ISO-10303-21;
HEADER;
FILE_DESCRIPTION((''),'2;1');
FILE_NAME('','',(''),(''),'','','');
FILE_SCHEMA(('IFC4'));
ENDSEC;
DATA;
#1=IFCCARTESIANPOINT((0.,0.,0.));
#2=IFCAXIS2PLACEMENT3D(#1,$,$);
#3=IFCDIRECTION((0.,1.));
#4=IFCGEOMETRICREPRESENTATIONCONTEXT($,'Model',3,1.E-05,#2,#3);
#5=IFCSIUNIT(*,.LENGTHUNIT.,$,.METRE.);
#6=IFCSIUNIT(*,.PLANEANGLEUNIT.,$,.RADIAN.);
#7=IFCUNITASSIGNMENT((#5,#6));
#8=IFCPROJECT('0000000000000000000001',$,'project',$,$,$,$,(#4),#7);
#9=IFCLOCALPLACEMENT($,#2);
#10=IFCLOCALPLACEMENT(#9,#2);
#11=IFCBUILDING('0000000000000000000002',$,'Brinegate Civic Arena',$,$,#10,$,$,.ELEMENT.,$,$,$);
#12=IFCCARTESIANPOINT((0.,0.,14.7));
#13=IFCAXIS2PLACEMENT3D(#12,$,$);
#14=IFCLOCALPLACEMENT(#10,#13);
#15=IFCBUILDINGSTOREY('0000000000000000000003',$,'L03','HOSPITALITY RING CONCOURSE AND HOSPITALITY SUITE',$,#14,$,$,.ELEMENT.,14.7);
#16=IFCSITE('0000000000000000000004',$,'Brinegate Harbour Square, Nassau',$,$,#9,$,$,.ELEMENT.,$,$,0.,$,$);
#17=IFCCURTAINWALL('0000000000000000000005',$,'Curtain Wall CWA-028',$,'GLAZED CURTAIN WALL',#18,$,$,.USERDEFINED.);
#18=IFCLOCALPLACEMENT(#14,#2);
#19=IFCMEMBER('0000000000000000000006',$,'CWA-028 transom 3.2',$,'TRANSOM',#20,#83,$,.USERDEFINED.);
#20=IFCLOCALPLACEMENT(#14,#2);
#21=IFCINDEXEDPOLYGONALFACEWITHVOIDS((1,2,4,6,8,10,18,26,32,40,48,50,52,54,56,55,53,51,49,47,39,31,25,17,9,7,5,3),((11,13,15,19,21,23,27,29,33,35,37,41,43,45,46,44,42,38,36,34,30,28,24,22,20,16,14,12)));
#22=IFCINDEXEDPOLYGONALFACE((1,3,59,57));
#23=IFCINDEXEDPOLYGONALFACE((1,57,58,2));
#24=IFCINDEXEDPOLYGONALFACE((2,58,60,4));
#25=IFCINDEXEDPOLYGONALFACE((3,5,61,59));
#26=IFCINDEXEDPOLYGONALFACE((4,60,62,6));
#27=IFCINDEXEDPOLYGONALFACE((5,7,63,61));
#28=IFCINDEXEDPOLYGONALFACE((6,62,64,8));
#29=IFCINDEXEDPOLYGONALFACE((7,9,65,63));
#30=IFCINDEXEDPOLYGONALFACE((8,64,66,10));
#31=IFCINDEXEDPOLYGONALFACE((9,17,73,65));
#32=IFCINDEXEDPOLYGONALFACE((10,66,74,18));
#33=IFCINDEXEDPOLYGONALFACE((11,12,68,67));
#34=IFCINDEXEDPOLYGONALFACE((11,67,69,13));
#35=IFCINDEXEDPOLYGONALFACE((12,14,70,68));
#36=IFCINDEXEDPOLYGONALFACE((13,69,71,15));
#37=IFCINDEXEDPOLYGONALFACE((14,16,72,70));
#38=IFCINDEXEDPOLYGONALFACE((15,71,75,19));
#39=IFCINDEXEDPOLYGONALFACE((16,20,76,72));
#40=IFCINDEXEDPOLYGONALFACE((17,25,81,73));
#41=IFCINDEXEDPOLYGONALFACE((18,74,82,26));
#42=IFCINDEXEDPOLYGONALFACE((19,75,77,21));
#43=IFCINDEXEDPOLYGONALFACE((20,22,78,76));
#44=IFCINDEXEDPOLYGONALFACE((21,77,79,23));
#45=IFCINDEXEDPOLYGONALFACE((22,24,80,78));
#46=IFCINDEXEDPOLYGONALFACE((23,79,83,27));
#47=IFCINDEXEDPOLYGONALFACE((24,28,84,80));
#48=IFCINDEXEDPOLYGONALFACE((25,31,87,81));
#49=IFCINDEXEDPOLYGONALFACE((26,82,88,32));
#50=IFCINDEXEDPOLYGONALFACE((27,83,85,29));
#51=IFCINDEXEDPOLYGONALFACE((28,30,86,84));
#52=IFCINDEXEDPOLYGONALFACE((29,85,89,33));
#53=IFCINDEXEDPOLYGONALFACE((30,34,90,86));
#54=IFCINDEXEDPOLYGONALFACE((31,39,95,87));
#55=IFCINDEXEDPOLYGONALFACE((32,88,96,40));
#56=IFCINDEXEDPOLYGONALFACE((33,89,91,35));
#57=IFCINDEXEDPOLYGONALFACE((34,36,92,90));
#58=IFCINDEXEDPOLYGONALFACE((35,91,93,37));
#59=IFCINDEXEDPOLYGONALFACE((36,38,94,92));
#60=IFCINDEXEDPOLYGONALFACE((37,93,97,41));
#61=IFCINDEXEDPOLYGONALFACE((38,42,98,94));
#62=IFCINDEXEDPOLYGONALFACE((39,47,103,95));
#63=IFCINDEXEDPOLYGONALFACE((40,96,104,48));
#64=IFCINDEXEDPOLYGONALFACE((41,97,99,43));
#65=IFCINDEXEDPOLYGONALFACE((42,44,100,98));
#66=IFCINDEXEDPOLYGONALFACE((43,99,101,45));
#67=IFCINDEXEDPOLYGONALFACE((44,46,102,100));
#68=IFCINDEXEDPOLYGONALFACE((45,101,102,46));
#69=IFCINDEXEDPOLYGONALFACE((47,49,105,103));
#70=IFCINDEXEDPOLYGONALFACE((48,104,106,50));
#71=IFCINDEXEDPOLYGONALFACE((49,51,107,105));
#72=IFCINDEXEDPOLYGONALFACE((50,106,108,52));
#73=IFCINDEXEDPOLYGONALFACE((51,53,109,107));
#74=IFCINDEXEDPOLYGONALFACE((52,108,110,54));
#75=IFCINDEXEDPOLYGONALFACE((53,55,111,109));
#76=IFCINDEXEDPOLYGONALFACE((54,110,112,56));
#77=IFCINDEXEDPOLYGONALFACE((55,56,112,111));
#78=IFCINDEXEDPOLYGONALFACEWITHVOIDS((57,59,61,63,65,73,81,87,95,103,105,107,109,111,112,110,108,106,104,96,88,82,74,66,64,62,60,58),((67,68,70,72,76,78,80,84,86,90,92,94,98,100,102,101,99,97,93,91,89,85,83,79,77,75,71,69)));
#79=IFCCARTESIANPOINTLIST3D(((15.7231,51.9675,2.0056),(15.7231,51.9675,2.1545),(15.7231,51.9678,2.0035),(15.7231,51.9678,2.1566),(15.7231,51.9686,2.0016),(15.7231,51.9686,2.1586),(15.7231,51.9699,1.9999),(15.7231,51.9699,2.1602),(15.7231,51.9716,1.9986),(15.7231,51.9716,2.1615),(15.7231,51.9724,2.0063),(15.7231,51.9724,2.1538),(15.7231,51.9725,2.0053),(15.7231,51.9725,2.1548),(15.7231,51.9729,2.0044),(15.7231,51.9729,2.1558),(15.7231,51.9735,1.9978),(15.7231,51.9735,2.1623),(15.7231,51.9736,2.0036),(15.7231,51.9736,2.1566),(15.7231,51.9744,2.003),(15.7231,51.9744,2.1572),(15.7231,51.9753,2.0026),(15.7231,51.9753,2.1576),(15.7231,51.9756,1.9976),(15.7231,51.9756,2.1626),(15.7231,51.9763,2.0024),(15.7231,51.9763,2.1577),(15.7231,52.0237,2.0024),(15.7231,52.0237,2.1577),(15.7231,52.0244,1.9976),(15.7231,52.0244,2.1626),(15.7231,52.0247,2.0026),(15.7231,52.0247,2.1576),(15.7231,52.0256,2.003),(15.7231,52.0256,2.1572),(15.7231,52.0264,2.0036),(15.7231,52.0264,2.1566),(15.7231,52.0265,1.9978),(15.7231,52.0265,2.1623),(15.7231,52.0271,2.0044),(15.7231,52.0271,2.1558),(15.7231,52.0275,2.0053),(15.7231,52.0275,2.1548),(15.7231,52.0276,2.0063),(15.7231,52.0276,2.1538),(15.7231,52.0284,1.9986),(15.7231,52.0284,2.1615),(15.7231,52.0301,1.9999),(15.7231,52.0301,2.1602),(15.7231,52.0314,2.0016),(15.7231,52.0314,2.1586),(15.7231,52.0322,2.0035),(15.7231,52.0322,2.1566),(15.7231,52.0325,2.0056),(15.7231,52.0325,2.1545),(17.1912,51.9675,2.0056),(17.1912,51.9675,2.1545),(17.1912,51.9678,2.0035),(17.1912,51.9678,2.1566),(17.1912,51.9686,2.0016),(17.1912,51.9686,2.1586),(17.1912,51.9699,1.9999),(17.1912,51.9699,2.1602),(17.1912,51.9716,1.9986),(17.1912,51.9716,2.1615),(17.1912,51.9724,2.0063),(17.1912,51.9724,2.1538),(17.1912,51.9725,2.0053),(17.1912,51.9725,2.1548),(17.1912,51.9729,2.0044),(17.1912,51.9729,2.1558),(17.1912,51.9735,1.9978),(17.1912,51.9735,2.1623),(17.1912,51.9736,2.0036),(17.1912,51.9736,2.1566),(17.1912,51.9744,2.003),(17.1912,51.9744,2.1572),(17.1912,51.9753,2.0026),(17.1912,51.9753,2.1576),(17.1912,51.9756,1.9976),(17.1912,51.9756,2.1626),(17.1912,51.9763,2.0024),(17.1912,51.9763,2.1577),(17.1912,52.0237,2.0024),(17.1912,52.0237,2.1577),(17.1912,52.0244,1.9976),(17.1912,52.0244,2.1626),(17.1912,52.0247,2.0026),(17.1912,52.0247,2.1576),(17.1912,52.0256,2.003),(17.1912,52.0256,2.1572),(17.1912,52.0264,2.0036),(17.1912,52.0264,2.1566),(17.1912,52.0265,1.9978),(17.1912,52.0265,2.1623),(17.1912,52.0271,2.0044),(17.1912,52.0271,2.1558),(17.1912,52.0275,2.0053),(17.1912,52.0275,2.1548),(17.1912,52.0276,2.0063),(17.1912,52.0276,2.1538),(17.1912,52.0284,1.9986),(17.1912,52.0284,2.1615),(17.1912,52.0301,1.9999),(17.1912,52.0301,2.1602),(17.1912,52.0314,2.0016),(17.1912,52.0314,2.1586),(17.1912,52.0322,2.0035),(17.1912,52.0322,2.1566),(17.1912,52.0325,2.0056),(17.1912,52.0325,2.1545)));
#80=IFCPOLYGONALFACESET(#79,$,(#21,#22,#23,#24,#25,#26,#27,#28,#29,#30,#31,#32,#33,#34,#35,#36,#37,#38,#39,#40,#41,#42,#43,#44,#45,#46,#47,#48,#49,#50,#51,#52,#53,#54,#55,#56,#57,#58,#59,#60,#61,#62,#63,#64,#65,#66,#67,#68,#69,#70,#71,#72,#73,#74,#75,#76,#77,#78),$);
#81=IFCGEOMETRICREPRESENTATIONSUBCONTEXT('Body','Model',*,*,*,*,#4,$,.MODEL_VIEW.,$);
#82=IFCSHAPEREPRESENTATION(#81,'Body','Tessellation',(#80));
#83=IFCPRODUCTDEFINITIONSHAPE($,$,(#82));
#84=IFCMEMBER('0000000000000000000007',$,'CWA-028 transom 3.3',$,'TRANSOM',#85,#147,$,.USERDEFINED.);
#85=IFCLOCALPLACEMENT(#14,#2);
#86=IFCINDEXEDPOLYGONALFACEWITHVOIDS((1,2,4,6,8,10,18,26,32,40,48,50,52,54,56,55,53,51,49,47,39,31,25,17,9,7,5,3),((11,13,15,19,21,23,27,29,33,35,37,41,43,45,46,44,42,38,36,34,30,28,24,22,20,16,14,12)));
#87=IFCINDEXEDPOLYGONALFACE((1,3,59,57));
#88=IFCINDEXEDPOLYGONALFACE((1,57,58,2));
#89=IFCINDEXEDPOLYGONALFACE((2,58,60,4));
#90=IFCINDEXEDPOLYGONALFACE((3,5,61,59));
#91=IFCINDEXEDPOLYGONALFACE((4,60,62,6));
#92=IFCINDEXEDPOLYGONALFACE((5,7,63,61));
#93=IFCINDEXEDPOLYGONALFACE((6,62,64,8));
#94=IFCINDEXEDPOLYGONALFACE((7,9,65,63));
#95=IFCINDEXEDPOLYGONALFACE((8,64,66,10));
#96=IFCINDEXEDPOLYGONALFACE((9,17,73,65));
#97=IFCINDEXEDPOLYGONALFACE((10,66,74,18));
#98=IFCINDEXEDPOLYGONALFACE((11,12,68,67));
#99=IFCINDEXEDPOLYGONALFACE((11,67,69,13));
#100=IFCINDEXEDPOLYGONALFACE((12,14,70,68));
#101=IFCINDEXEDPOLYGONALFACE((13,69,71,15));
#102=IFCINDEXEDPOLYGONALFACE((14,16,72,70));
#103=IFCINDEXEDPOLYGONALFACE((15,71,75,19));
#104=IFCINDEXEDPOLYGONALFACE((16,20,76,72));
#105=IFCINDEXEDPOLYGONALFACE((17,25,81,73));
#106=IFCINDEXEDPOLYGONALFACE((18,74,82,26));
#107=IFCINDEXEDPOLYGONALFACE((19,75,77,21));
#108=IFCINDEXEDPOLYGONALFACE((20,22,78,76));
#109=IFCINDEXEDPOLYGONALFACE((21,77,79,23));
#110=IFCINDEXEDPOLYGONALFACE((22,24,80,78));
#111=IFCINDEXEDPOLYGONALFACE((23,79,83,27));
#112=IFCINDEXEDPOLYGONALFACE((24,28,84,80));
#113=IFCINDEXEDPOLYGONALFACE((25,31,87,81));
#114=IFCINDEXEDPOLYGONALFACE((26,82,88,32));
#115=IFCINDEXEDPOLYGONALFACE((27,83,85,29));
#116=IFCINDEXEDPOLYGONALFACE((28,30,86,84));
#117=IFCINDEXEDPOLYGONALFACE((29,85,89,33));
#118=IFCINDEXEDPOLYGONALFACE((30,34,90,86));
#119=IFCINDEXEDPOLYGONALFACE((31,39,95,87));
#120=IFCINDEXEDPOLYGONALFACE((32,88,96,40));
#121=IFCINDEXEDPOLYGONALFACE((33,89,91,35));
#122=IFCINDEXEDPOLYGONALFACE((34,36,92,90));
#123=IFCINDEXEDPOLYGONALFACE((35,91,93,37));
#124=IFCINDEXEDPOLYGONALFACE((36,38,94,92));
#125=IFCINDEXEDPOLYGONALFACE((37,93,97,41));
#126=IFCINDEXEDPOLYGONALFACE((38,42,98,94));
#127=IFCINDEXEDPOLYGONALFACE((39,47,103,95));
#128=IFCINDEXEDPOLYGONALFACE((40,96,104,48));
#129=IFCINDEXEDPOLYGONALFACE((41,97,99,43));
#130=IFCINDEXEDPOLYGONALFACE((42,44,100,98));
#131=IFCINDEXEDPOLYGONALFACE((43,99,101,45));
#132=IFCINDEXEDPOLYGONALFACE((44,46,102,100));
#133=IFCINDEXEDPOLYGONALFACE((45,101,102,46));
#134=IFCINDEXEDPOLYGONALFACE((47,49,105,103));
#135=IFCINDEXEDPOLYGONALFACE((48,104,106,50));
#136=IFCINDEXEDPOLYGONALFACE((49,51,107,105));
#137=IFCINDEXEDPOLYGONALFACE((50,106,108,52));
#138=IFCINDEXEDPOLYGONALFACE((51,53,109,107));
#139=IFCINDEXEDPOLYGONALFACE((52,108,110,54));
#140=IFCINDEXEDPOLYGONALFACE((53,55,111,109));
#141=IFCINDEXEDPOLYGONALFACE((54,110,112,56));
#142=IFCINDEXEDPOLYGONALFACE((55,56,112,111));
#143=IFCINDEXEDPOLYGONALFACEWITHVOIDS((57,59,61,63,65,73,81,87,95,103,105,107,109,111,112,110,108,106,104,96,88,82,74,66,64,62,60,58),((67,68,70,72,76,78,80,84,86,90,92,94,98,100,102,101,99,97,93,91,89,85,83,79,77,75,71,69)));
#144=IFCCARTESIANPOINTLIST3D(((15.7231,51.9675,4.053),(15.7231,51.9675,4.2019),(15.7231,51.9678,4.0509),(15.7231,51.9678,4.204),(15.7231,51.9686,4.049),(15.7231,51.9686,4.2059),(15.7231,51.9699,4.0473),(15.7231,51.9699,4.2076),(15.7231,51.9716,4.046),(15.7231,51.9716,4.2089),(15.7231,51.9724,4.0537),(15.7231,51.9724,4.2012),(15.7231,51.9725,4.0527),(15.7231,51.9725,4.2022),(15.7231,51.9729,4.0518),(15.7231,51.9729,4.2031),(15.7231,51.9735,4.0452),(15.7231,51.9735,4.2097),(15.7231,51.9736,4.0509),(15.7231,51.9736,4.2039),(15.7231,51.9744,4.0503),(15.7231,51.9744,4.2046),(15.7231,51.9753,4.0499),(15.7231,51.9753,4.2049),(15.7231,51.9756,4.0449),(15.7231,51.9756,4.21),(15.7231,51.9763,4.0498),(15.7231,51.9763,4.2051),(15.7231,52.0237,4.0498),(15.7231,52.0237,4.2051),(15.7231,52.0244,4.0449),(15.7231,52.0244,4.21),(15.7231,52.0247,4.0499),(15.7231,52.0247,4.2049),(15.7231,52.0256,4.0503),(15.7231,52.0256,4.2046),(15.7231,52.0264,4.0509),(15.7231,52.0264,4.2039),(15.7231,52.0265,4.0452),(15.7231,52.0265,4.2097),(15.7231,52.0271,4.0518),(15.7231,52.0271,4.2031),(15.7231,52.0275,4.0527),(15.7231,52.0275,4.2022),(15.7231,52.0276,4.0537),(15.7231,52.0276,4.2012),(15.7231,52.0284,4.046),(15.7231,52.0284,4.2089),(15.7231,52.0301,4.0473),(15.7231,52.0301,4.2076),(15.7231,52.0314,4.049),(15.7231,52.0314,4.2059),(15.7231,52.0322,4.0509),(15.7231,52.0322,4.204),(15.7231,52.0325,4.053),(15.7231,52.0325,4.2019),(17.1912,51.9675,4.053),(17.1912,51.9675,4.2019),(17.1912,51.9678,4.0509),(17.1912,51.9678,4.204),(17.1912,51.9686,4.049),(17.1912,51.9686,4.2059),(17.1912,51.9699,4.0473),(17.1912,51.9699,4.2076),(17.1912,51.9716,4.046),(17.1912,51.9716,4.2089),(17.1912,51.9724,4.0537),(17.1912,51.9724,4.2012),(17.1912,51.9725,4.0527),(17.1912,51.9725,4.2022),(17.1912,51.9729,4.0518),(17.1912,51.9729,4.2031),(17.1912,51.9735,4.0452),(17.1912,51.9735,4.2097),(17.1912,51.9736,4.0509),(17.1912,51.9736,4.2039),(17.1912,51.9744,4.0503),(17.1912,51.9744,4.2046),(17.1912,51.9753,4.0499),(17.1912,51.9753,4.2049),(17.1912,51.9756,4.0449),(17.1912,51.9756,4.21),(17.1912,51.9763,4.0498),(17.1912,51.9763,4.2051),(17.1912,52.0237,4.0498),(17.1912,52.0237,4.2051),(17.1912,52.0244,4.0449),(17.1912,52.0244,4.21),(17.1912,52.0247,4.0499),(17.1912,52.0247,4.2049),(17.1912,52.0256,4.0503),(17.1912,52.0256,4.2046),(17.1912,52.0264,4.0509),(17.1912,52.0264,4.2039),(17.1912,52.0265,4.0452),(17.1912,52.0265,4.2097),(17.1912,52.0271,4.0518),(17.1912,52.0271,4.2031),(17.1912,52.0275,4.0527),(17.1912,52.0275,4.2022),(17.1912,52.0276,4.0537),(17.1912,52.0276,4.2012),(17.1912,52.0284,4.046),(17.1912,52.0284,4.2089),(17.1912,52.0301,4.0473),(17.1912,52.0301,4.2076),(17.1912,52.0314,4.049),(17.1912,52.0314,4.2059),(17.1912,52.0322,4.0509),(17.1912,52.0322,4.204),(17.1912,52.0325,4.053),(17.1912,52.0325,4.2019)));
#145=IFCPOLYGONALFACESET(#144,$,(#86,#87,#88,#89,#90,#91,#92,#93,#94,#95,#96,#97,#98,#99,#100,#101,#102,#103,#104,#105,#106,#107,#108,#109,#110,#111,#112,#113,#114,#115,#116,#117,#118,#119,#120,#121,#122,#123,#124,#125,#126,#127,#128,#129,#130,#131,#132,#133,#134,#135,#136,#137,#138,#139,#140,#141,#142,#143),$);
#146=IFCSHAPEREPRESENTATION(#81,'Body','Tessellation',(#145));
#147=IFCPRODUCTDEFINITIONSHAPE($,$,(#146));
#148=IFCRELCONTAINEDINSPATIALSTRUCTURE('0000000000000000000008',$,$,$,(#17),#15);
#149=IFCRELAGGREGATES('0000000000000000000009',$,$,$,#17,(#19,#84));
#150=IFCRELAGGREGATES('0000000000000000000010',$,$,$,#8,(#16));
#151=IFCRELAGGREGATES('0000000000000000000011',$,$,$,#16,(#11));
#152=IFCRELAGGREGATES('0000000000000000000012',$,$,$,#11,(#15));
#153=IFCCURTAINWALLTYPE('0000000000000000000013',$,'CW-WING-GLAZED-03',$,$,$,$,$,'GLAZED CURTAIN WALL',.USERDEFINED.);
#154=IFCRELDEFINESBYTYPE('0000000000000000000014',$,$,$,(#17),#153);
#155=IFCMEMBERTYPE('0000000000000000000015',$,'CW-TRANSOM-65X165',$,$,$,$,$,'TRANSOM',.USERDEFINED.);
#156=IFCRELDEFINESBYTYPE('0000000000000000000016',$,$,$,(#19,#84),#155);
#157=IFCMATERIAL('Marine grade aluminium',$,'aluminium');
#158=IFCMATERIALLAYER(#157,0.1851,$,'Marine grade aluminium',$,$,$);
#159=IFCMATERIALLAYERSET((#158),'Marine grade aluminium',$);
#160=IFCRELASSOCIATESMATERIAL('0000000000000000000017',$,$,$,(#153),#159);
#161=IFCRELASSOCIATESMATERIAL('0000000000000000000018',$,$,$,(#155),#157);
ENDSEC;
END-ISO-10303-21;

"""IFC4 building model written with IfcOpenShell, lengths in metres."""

from ifc_helpers import new_model, si_unit, direction, frame, origin, origin_2d, place, context, subcontext, project, spatial, hollow_rectangle, extrude, material, layer, layer_set, material_profile, profile_set, type_object, element, aggregate, save


model = new_model("IFC4")

# Units and contexts
model_context = context("Model", 3, precision=1e-05, world=origin(), true_north=direction((0.0, 1.0)))
body_context = subcontext(model_context, "Body", "Model", "MODEL_VIEW")
ifc_project = project(units=[si_unit("LENGTHUNIT", "METRE"), si_unit("PLANEANGLEUNIT", "RADIAN")], contexts=[model_context])

# Site, building, storey
site_placement = place(None, origin())
site = spatial("IfcSite", under=ifc_project, at=site_placement, Name="Brinegate Harbour Square, Nassau", CompositionType="ELEMENT", RefElevation=0.0)
building_placement = place(site_placement, origin())
building = spatial("IfcBuilding", under=site, at=building_placement, Name="Brinegate Civic Arena", CompositionType="ELEMENT")
storey_placement = place(building_placement, frame((0.0, 0.0, 14.7)))
storey = spatial("IfcBuildingStorey", under=building, at=storey_placement, Name="L03", Description="HOSPITALITY RING CONCOURSE AND HOSPITALITY SUITE", CompositionType="ELEMENT", Elevation=14.7)

# Curtain wall, members
ifc_material_1 = material(Name="Marine grade aluminium", Category="aluminium")
ifc_layer_1 = layer(ifc_material_1, 0.1851, Name="Marine grade aluminium")
ifc_layer_set_1 = layer_set([ifc_layer_1], Name="Marine grade aluminium")
curtain_wall_type = type_object("IfcCurtainWallType", Name="CW-WING-GLAZED-03", ElementType="GLAZED CURTAIN WALL", PredefinedType="USERDEFINED", material=ifc_layer_set_1)
curtain_wall_placement = place(storey_placement, origin())
curtain_wall = element("IfcCurtainWall", 1, at=curtain_wall_placement, inside=storey, type_object=curtain_wall_type, Name="Curtain Wall CWA-028", ObjectType="GLAZED CURTAIN WALL", PredefinedType="USERDEFINED")
ifc_material_profile_1 = material_profile(ifc_material_1, hollow_rectangle(XDim=0.0649, YDim=0.165, WallThickness=0.0049, InnerFilletRadius=0.0039, OuterFilletRadius=0.0081, at=origin_2d()), Name="TRN65X165")
ifc_profile_set_1 = profile_set([ifc_material_profile_1], Name="Marine grade aluminium")
member_type_1 = type_object("IfcMemberType", Name="CW-TRANSOM-65X165", ElementType="TRANSOM", PredefinedType="USERDEFINED", material=ifc_profile_set_1)
member_1_placement = place(storey_placement, frame((15.7231, 52.0, 2.0801), z_axis=(1.0, 0.0, 0.0), x_axis=(0.0, 1.0, 0.0)))
member_1 = element("IfcMember", 2, at=member_1_placement, type_object=member_type_1, Name="CWA-028 transom 3.2", ObjectType="TRANSOM", PredefinedType="USERDEFINED", context=body_context, shape_type="SweptSolid", body=[
    extrude(hollow_rectangle(XDim=0.0649, YDim=0.165, WallThickness=0.0049, InnerFilletRadius=0.0039, OuterFilletRadius=0.0081, at=origin_2d()), origin(), (0.0, 0.0, 1.0), 1.468),
])
member_2_placement = place(storey_placement, frame((15.7231, 52.0, 4.1274), z_axis=(1.0, 0.0, 0.0), x_axis=(0.0, 1.0, 0.0)))
member_2 = element("IfcMember", 3, at=member_2_placement, type_object=member_type_1, Name="CWA-028 transom 3.3", ObjectType="TRANSOM", PredefinedType="USERDEFINED", context=body_context, shape_type="SweptSolid", body=[
    extrude(hollow_rectangle(XDim=0.0649, YDim=0.165, WallThickness=0.0049, InnerFilletRadius=0.0039, OuterFilletRadius=0.0081, at=origin_2d()), origin(), (0.0, 0.0, 1.0), 1.468),
])

aggregate(curtain_wall, [member_1, member_2])

save(model, "model.ifc")
